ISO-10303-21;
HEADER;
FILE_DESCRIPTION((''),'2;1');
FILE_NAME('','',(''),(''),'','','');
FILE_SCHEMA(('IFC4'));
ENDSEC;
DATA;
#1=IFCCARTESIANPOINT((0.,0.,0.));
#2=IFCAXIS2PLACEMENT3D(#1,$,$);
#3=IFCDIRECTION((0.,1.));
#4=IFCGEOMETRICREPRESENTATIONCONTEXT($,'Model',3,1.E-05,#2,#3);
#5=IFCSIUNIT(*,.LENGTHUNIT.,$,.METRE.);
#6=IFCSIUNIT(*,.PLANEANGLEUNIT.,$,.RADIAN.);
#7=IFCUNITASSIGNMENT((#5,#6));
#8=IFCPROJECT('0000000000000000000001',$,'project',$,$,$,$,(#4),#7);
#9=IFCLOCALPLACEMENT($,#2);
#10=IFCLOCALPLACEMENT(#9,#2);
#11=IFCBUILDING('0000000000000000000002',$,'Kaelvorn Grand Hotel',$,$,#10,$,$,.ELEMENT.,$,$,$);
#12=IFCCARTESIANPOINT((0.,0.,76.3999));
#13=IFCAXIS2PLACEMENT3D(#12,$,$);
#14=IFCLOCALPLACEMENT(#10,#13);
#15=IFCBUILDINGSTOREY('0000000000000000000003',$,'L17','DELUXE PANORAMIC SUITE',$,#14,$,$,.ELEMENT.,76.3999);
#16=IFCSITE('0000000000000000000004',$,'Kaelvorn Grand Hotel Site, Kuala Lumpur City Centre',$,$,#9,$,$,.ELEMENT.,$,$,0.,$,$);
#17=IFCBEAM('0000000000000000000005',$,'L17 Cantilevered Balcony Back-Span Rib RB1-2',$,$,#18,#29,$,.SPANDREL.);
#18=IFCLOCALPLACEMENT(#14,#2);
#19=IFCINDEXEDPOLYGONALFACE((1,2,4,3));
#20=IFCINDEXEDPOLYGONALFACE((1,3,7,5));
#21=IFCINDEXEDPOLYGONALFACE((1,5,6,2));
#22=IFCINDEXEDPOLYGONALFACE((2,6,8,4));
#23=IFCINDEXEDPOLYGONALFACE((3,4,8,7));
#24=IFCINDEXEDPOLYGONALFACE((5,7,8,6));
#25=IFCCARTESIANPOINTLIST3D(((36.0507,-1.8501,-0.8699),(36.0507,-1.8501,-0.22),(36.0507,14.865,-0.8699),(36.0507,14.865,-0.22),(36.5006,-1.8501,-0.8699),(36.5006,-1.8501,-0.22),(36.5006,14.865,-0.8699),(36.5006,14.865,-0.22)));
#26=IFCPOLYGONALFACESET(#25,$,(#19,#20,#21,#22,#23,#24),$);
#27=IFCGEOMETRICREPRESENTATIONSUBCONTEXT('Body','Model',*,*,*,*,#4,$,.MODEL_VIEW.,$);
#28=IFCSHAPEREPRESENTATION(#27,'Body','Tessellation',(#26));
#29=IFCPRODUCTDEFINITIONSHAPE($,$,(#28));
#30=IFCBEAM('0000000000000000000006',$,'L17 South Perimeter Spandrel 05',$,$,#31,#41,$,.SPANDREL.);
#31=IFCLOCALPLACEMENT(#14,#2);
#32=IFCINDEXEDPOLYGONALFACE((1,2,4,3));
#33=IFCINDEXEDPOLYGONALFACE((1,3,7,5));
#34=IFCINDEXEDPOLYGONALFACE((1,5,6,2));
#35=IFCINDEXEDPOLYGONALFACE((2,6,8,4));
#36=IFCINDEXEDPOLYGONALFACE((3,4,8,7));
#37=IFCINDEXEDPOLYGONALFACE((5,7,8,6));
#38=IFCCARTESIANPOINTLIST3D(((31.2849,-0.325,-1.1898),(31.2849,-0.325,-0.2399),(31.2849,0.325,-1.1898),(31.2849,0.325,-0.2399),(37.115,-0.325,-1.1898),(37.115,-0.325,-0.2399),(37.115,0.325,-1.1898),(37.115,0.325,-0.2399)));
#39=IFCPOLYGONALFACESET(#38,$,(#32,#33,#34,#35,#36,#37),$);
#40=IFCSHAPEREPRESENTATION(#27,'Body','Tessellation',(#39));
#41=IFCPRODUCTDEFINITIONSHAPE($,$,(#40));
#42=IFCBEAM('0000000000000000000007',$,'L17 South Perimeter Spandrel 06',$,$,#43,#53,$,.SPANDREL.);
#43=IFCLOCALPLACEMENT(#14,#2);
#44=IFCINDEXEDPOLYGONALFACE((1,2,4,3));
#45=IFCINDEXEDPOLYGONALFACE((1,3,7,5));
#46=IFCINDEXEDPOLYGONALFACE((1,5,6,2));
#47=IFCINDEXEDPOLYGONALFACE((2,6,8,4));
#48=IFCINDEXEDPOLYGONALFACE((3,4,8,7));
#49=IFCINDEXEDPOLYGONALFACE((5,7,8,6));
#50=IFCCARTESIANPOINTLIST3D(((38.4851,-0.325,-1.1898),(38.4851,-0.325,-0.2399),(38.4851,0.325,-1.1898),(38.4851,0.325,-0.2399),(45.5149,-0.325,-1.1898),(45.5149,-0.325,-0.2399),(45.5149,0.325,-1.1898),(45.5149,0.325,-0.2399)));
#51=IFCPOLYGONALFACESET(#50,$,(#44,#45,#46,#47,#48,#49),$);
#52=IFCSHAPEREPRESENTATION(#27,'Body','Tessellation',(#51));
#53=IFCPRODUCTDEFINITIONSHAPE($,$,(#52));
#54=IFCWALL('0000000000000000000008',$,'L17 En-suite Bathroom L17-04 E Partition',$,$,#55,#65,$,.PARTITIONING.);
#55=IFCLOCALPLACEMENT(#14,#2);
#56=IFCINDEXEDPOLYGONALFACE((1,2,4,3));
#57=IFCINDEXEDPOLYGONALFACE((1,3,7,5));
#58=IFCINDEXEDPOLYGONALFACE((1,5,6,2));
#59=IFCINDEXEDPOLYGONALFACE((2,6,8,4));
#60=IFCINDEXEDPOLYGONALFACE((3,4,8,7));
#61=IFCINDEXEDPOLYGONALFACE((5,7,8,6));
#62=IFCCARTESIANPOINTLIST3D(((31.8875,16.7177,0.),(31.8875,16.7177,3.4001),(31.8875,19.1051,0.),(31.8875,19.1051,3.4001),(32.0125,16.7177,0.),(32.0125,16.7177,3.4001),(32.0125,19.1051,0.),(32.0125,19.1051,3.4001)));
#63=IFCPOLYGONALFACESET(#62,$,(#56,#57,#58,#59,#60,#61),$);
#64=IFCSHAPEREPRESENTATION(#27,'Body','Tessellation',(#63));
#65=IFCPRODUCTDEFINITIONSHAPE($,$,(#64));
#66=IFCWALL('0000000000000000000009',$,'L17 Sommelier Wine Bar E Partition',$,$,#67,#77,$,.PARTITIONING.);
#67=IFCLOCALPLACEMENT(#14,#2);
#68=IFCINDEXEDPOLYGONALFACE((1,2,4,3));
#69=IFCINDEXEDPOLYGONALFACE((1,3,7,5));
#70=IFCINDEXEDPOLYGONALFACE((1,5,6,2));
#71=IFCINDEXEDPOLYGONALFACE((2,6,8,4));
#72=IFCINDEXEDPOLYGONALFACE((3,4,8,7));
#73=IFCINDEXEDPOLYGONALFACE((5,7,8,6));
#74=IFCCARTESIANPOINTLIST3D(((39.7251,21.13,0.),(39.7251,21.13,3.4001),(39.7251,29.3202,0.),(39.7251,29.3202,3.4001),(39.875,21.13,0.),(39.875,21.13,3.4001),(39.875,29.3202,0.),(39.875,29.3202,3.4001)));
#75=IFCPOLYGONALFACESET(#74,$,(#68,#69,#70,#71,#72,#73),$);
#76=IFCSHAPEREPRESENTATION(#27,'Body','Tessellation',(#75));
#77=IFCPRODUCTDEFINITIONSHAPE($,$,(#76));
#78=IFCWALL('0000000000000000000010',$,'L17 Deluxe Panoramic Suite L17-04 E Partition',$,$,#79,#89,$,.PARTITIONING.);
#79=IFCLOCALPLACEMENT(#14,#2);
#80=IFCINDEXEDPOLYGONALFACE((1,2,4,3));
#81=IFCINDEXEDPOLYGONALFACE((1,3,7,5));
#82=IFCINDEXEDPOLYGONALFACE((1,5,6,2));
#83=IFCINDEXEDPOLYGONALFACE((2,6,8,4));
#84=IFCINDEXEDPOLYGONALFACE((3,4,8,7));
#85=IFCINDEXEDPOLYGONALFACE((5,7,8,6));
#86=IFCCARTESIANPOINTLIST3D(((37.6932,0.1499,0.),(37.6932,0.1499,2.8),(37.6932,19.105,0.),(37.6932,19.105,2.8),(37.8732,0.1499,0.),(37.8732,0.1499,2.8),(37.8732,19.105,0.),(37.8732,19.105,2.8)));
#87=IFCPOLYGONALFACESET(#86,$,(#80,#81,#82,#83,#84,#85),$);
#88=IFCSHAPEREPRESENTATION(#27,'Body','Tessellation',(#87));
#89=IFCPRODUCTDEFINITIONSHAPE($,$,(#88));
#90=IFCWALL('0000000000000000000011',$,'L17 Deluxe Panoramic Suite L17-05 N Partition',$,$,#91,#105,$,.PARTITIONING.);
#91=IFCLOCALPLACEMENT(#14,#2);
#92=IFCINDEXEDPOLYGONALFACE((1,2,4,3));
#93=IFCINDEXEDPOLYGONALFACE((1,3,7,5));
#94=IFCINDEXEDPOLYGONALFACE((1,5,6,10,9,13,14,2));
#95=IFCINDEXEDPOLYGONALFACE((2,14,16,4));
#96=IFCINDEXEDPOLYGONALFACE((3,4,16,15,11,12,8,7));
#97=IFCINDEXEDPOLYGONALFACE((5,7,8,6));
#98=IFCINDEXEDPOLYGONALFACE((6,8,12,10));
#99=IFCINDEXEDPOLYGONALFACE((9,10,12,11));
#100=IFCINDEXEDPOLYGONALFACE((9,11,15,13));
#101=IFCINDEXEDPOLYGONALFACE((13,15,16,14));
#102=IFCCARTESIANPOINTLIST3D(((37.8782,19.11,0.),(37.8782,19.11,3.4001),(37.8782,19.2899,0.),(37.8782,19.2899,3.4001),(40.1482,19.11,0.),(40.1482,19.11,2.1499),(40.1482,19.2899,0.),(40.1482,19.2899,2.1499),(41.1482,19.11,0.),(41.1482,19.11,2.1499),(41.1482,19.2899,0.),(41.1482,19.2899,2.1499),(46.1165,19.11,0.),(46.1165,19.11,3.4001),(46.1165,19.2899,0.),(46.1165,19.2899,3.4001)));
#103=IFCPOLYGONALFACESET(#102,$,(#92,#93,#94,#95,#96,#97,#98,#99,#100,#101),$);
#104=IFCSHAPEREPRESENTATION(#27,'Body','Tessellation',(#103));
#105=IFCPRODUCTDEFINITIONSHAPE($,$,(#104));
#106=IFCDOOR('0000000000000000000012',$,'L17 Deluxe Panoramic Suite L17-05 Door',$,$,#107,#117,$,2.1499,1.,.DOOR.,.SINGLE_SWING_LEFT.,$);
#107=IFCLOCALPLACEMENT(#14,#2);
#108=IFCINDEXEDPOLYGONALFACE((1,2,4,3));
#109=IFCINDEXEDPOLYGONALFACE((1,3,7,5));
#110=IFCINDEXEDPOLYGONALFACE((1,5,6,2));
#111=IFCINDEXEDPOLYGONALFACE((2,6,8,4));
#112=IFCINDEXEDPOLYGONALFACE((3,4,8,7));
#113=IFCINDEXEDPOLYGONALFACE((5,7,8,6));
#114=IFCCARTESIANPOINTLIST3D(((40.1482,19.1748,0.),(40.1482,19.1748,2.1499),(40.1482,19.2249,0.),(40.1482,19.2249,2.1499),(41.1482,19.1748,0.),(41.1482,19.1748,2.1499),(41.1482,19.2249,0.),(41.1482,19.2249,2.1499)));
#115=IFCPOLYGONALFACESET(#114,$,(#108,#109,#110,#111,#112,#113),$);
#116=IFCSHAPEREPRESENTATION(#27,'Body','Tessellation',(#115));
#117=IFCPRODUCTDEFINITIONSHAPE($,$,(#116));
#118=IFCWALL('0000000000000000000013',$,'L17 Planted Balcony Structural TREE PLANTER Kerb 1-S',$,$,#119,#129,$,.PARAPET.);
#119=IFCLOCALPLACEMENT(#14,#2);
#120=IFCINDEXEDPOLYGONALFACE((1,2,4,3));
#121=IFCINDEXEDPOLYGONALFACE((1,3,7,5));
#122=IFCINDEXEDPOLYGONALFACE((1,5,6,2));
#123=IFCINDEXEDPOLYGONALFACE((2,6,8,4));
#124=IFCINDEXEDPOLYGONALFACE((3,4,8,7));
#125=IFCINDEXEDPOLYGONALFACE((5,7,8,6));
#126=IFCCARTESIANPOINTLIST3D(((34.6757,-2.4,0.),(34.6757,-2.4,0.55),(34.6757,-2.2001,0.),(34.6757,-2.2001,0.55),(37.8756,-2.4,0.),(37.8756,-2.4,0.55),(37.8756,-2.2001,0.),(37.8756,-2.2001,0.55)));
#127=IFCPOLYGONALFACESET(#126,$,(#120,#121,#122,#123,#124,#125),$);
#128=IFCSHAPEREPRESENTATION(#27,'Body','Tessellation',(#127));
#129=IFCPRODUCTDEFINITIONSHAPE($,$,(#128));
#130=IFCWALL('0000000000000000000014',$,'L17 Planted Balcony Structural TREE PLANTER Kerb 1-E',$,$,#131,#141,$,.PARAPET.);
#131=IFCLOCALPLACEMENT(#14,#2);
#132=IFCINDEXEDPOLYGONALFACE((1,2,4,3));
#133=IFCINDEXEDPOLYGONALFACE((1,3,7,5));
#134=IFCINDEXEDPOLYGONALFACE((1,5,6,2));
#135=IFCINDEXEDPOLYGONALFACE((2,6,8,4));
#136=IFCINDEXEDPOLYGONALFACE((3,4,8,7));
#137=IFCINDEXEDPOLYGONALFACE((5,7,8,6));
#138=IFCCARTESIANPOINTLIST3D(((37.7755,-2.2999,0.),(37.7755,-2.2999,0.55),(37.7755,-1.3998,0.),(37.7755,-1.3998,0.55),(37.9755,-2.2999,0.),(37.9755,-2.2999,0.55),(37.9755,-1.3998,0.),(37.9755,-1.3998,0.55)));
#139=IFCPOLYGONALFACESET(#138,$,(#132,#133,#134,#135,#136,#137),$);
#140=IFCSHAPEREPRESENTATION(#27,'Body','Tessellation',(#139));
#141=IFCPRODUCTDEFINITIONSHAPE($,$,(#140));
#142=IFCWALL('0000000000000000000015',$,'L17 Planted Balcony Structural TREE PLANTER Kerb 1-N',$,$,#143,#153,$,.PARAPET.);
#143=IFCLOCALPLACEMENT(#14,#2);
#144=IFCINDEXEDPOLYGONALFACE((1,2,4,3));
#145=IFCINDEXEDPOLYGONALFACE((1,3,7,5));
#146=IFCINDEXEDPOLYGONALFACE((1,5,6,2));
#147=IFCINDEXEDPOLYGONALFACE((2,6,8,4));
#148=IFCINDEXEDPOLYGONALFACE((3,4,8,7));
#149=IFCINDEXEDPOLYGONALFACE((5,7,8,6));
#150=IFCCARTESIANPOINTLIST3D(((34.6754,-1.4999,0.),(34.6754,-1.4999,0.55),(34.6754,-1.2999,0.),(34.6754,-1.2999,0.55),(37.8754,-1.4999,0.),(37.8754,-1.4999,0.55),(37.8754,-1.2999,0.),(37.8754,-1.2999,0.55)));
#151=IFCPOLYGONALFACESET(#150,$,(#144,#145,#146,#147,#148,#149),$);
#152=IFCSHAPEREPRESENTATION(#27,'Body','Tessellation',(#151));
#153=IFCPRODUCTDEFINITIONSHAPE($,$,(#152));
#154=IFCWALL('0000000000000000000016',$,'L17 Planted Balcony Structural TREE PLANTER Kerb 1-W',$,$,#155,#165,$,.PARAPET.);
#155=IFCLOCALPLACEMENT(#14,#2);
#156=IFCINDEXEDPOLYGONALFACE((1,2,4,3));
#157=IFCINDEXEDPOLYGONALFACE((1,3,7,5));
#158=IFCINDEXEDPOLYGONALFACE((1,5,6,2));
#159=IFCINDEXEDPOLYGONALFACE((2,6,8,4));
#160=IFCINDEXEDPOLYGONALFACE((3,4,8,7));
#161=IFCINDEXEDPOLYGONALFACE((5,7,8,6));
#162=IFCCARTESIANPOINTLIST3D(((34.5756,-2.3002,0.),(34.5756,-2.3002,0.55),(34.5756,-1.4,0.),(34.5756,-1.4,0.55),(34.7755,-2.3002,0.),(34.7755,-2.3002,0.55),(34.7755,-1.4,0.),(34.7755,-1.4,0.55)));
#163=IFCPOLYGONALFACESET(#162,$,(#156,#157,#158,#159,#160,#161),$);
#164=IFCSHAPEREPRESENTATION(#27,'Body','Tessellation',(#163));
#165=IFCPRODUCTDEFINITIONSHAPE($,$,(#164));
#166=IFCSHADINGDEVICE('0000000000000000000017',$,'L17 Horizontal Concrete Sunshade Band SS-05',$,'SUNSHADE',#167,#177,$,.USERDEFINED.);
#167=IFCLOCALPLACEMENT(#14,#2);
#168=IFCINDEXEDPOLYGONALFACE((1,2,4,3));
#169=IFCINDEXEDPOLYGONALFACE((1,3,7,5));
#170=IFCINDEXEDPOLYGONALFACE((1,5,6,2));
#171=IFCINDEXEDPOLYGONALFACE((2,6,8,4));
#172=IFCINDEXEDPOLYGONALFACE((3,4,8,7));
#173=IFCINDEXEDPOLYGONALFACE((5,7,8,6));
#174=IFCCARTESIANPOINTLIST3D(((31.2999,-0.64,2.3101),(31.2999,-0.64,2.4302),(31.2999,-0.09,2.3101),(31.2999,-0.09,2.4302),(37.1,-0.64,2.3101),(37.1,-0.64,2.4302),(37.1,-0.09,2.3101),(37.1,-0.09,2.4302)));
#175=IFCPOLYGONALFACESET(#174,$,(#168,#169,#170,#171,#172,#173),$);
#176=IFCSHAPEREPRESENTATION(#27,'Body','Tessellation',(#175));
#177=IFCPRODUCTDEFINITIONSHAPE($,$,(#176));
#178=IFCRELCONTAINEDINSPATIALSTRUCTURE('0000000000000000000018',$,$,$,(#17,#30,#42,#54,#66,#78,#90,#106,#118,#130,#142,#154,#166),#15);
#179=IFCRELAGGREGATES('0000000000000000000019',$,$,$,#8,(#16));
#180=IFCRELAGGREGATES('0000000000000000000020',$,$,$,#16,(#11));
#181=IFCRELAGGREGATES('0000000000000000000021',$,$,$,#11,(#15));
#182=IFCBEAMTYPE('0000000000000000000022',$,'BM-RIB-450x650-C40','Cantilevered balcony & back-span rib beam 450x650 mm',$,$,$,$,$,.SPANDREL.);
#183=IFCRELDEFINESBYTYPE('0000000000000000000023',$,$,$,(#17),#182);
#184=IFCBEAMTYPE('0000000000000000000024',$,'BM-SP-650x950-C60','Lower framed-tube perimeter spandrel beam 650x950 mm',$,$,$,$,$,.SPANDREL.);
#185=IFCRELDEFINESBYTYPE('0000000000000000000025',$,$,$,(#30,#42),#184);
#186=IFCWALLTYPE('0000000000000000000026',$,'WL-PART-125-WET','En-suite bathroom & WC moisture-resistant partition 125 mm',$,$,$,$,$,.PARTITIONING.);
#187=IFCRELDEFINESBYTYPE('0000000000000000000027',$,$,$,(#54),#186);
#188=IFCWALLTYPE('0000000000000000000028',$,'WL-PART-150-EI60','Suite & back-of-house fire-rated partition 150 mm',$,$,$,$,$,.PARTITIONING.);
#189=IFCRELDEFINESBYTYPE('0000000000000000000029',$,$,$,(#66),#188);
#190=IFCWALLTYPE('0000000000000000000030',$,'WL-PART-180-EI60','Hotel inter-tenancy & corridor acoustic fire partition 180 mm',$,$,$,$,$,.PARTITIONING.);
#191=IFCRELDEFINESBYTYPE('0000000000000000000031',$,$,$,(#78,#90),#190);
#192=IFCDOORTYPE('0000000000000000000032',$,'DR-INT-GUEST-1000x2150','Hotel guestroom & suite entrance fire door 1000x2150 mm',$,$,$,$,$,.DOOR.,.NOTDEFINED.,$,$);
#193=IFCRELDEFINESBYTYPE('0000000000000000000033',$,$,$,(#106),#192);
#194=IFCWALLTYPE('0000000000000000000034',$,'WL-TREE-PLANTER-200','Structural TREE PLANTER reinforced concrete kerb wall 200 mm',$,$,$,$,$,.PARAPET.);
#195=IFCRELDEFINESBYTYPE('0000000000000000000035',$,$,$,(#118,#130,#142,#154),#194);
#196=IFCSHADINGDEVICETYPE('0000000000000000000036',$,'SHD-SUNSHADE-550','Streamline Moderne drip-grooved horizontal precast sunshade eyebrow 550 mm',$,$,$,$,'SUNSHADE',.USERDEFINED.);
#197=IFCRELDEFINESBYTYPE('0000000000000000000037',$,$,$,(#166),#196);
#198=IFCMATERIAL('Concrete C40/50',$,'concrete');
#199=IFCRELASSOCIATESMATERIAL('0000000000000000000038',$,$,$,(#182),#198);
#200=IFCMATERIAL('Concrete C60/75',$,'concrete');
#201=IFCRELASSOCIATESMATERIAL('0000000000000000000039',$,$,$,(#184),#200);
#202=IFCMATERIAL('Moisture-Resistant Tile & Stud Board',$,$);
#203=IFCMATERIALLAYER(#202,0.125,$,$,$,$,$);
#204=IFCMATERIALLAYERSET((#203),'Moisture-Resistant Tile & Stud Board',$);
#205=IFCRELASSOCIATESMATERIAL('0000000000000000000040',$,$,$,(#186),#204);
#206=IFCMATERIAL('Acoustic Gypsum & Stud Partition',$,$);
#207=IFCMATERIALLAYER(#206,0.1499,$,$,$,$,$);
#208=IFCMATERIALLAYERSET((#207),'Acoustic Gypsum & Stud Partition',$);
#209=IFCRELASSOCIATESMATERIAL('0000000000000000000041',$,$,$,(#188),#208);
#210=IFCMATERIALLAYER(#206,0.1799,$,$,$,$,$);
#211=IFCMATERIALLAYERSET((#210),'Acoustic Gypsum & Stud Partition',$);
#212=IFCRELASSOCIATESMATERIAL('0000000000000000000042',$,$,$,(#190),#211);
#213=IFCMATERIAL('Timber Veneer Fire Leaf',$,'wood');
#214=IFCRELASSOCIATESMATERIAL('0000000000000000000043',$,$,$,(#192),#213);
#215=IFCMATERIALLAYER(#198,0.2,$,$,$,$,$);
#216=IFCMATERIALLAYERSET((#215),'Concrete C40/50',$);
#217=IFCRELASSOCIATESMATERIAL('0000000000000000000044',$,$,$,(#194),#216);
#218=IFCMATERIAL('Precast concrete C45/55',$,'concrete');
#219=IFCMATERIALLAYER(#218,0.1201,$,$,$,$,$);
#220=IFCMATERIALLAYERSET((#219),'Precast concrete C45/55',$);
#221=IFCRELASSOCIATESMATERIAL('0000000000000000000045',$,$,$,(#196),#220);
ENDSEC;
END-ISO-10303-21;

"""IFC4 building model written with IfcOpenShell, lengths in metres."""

from ifc_helpers import new_model, si_unit, direction, frame, frame_2d, origin, origin_2d, place, context, subcontext, project, spatial, rectangle, extrude, material, layer, layer_set, material_profile, profile_set, type_object, element, fill, save


model = new_model("IFC4")

# Units and contexts
model_context = context("Model", 3, precision=1e-05, world=origin(), true_north=direction((0.0, 1.0)))
body_context = subcontext(model_context, "Body", "Model", "MODEL_VIEW")
ifc_project = project(units=[si_unit("LENGTHUNIT", "METRE"), si_unit("PLANEANGLEUNIT", "RADIAN")], contexts=[model_context])

# Site, building, storey
site_placement = place(None, origin())
site = spatial("IfcSite", under=ifc_project, at=site_placement, Name="Kaelvorn Grand Hotel Site, Kuala Lumpur City Centre", CompositionType="ELEMENT", RefElevation=0.0)
building_placement = place(site_placement, origin())
building = spatial("IfcBuilding", under=site, at=building_placement, Name="Kaelvorn Grand Hotel", CompositionType="ELEMENT")
storey_placement = place(building_placement, frame((0.0, 0.0, 76.3999)))
storey = spatial("IfcBuildingStorey", under=building, at=storey_placement, Name="L17", Description="DELUXE PANORAMIC SUITE", CompositionType="ELEMENT", Elevation=76.3999)

# Beams
ifc_material_1 = material(Name="Concrete C40/50", Category="concrete")
ifc_material_profile_1 = material_profile(ifc_material_1, rectangle(XDim=0.45, YDim=0.6499, at=origin_2d()), Name="RC RIB 450x650")
ifc_profile_set_1 = profile_set([ifc_material_profile_1], Name="Concrete C40/50")
beam_type_1 = type_object("IfcBeamType", Name="BM-RIB-450x650-C40", Description="Cantilevered balcony & back-span rib beam 450x650 mm", PredefinedType="SPANDREL", material=ifc_profile_set_1)
beam_1_placement = place(storey_placement, frame((36.2756, -1.8501, -0.5449), z_axis=(0.0, 1.0, 0.0), x_axis=(-1.0, 0.0, 0.0)))
element("IfcBeam", 1, at=beam_1_placement, inside=storey, type_object=beam_type_1, Name="L17 Cantilevered Balcony Back-Span Rib RB1-2", PredefinedType="SPANDREL", context=body_context, shape_type="SweptSolid", body=[
    extrude(rectangle(XDim=0.45, YDim=0.6499, at=origin_2d()), origin(), (0.0, 0.0, 1.0), 16.7151),
])
ifc_material_2 = material(Name="Concrete C60/75", Category="concrete")
ifc_material_profile_2 = material_profile(ifc_material_2, rectangle(XDim=0.6499, YDim=0.95, at=origin_2d()), Name="RC SPANDREL 650x950")
ifc_profile_set_2 = profile_set([ifc_material_profile_2], Name="Concrete C60/75")
beam_type_2 = type_object("IfcBeamType", Name="BM-SP-650x950-C60", Description="Lower framed-tube perimeter spandrel beam 650x950 mm", PredefinedType="SPANDREL", material=ifc_profile_set_2)
beam_2_placement = place(storey_placement, frame((31.2849, 0.0, -0.7148), z_axis=(1.0, 0.0, 0.0), x_axis=(0.0, 1.0, 0.0)))
element("IfcBeam", 2, at=beam_2_placement, inside=storey, type_object=beam_type_2, Name="L17 South Perimeter Spandrel 05", PredefinedType="SPANDREL", context=body_context, shape_type="SweptSolid", body=[
    extrude(rectangle(XDim=0.6499, YDim=0.95, at=origin_2d()), origin(), (0.0, 0.0, 1.0), 5.8301),
])
beam_3_placement = place(storey_placement, frame((38.4851, 0.0, -0.7148), z_axis=(1.0, 0.0, 0.0), x_axis=(0.0, 1.0, 0.0)))
element("IfcBeam", 3, at=beam_3_placement, inside=storey, type_object=beam_type_2, Name="L17 South Perimeter Spandrel 06", PredefinedType="SPANDREL", context=body_context, shape_type="SweptSolid", body=[
    extrude(rectangle(XDim=0.6499, YDim=0.95, at=origin_2d()), origin(), (0.0, 0.0, 1.0), 7.0298),
])

# Walls
ifc_material_3 = material(Name="Moisture-Resistant Tile & Stud Board")
ifc_layer_1 = layer(ifc_material_3, 0.125)
ifc_layer_set_1 = layer_set([ifc_layer_1], Name="Moisture-Resistant Tile & Stud Board")
wall_type_1 = type_object("IfcWallType", Name="WL-PART-125-WET", Description="En-suite bathroom & WC moisture-resistant partition 125 mm", PredefinedType="PARTITIONING", material=ifc_layer_set_1)
wall_1_placement = place(storey_placement, frame((31.95, 16.7175, 0.0), z_axis=(0.0, 0.0, 1.0), x_axis=(0.0, 1.0, 0.0)))
element("IfcWall", 4, at=wall_1_placement, inside=storey, type_object=wall_type_1, Name="L17 En-suite Bathroom L17-04 E Partition", PredefinedType="PARTITIONING", context=body_context, shape_type="SweptSolid", body=[
    extrude(rectangle(XDim=2.3875, YDim=0.125, at=frame_2d((1.1938, 0.0))), origin(), (0.0, 0.0, 1.0), 3.4001),
])
ifc_material_4 = material(Name="Acoustic Gypsum & Stud Partition")
ifc_layer_2 = layer(ifc_material_4, 0.1499)
ifc_layer_set_2 = layer_set([ifc_layer_2], Name="Acoustic Gypsum & Stud Partition")
wall_type_2 = type_object("IfcWallType", Name="WL-PART-150-EI60", Description="Suite & back-of-house fire-rated partition 150 mm", PredefinedType="PARTITIONING", material=ifc_layer_set_2)
wall_2_placement = place(storey_placement, frame((39.8, 21.1299, 0.0), z_axis=(0.0, 0.0, 1.0), x_axis=(0.0, 1.0, 0.0)))
element("IfcWall", 5, at=wall_2_placement, inside=storey, type_object=wall_type_2, Name="L17 Sommelier Wine Bar E Partition", PredefinedType="PARTITIONING", context=body_context, shape_type="SweptSolid", body=[
    extrude(rectangle(XDim=8.1902, YDim=0.1499, at=frame_2d((4.0952, 0.0))), origin(), (0.0, 0.0, 1.0), 3.4001),
])
ifc_layer_3 = layer(ifc_material_4, 0.1799)
ifc_layer_set_3 = layer_set([ifc_layer_3], Name="Acoustic Gypsum & Stud Partition")
wall_type_3 = type_object("IfcWallType", Name="WL-PART-180-EI60", Description="Hotel inter-tenancy & corridor acoustic fire partition 180 mm", PredefinedType="PARTITIONING", material=ifc_layer_set_3)
wall_3_placement = place(storey_placement, frame((37.7832, 0.1499, 0.0), z_axis=(0.0, 0.0, 1.0), x_axis=(0.0, 1.0, 0.0)))
element("IfcWall", 6, at=wall_3_placement, inside=storey, type_object=wall_type_3, Name="L17 Deluxe Panoramic Suite L17-04 E Partition", PredefinedType="PARTITIONING", context=body_context, shape_type="SweptSolid", body=[
    extrude(rectangle(XDim=18.9551, YDim=0.1799, at=frame_2d((9.4775, 0.0))), origin(), (0.0, 0.0, 1.0), 2.8),
])

# Wall, opening, door
wall_4_placement = place(storey_placement, frame((37.8782, 19.2, 0.0), z_axis=(0.0, 0.0, 1.0), x_axis=(1.0, 0.0, 0.0)))
wall_4 = element("IfcWall", 7, at=wall_4_placement, inside=storey, type_object=wall_type_3, Name="L17 Deluxe Panoramic Suite L17-05 N Partition", PredefinedType="PARTITIONING", context=body_context, shape_type="SweptSolid", body=[
    extrude(rectangle(XDim=8.2383, YDim=0.1799, at=frame_2d((4.1191, 0.0))), origin(), (0.0, 0.0, 1.0), 3.4001),
])
opening_placement = place(wall_4_placement, frame((2.27, 0.0, 0.0)))
opening = element("IfcOpeningElement", 8, at=opening_placement, cuts=wall_4, PredefinedType="OPENING", context=body_context, shape_type="SweptSolid", body=[
    extrude(rectangle(XDim=1.0, YDim=2.1499, at=frame_2d((0.5, 1.075))), frame((0.0, 0.1001, 0.0), z_axis=(0.0, -1.0, 0.0), x_axis=(1.0, 0.0, 0.0)), (0.0, 0.0, 1.0), 0.2),
])
ifc_material_5 = material(Name="Timber Veneer Fire Leaf", Category="wood")
door_type = type_object("IfcDoorType", Name="DR-INT-GUEST-1000x2150", Description="Hotel guestroom & suite entrance fire door 1000x2150 mm", OperationType="NOTDEFINED", PredefinedType="DOOR", material=ifc_material_5)
door_placement = place(opening_placement, origin())
door = element("IfcDoor", 9, at=door_placement, inside=storey, type_object=door_type, Name="L17 Deluxe Panoramic Suite L17-05 Door", OperationType="SINGLE_SWING_LEFT", OverallHeight=2.1499, OverallWidth=1.0, PredefinedType="DOOR", context=body_context, shape_type="SweptSolid", body=[
    extrude(rectangle(XDim=1.0, YDim=2.1499, at=frame_2d((0.5, 1.075))), frame((0.0, 0.0249, 0.0), z_axis=(0.0, -1.0, 0.0), x_axis=(1.0, 0.0, 0.0)), (0.0, 0.0, 1.0), 0.05),
])
fill(opening, door)

# Walls
ifc_layer_4 = layer(ifc_material_1, 0.2)
ifc_layer_set_4 = layer_set([ifc_layer_4], Name="Concrete C40/50")
wall_type_4 = type_object("IfcWallType", Name="WL-TREE-PLANTER-200", Description="Structural TREE PLANTER reinforced concrete kerb wall 200 mm", PredefinedType="PARAPET", material=ifc_layer_set_4)
wall_5_placement = place(storey_placement, frame((34.6755, -2.3, 0.0), z_axis=(0.0, 0.0, 1.0), x_axis=(1.0, 0.0, 0.0)))
element("IfcWall", 10, at=wall_5_placement, inside=storey, type_object=wall_type_4, Name="L17 Planted Balcony Structural TREE PLANTER Kerb 1-S", PredefinedType="PARAPET", context=body_context, shape_type="SweptSolid", body=[
    extrude(rectangle(XDim=3.2, YDim=0.2, at=frame_2d((1.6001, 0.0))), origin(), (0.0, 0.0, 1.0), 0.55),
])
wall_6_placement = place(storey_placement, frame((37.8755, -2.3, 0.0), z_axis=(0.0, 0.0, 1.0), x_axis=(0.0, 1.0, 0.0)))
element("IfcWall", 11, at=wall_6_placement, inside=storey, type_object=wall_type_4, Name="L17 Planted Balcony Structural TREE PLANTER Kerb 1-E", PredefinedType="PARAPET", context=body_context, shape_type="SweptSolid", body=[
    extrude(rectangle(XDim=0.9001, YDim=0.2, at=frame_2d((0.4502, 0.0))), origin(), (0.0, 0.0, 1.0), 0.55),
])
wall_7_placement = place(storey_placement, frame((37.8755, -1.3999, 0.0), z_axis=(0.0, 0.0, 1.0), x_axis=(-1.0, 0.0, 0.0)))
element("IfcWall", 12, at=wall_7_placement, inside=storey, type_object=wall_type_4, Name="L17 Planted Balcony Structural TREE PLANTER Kerb 1-N", PredefinedType="PARAPET", context=body_context, shape_type="SweptSolid", body=[
    extrude(rectangle(XDim=3.2, YDim=0.2, at=frame_2d((1.6001, 0.0))), origin(), (0.0, 0.0, 1.0), 0.55),
])
wall_8_placement = place(storey_placement, frame((34.6755, -1.3999, 0.0), z_axis=(0.0, 0.0, 1.0), x_axis=(0.0, -1.0, 0.0)))
element("IfcWall", 13, at=wall_8_placement, inside=storey, type_object=wall_type_4, Name="L17 Planted Balcony Structural TREE PLANTER Kerb 1-W", PredefinedType="PARAPET", context=body_context, shape_type="SweptSolid", body=[
    extrude(rectangle(XDim=0.9001, YDim=0.2, at=frame_2d((0.4502, 0.0))), origin(), (0.0, 0.0, 1.0), 0.55),
])

# Shading device
ifc_material_6 = material(Name="Precast concrete C45/55", Category="concrete")
ifc_layer_5 = layer(ifc_material_6, 0.1201)
ifc_layer_set_5 = layer_set([ifc_layer_5], Name="Precast concrete C45/55")
shading_device_type = type_object("IfcShadingDeviceType", Name="SHD-SUNSHADE-550", Description="Streamline Moderne drip-grooved horizontal precast sunshade eyebrow 550 mm", ElementType="SUNSHADE", PredefinedType="USERDEFINED", material=ifc_layer_set_5)
shading_device_placement = place(storey_placement, frame((34.2, -0.365, 2.3101), z_axis=(0.0, 0.0, 1.0), x_axis=(1.0, 0.0, 0.0)))
element("IfcShadingDevice", 14, at=shading_device_placement, inside=storey, type_object=shading_device_type, Name="L17 Horizontal Concrete Sunshade Band SS-05", ObjectType="SUNSHADE", PredefinedType="USERDEFINED", context=body_context, shape_type="SweptSolid", body=[
    extrude(rectangle(XDim=5.8, YDim=0.55, at=origin_2d()), origin(), (0.0, 0.0, 1.0), 0.1201),
])

save(model, "model.ifc")
